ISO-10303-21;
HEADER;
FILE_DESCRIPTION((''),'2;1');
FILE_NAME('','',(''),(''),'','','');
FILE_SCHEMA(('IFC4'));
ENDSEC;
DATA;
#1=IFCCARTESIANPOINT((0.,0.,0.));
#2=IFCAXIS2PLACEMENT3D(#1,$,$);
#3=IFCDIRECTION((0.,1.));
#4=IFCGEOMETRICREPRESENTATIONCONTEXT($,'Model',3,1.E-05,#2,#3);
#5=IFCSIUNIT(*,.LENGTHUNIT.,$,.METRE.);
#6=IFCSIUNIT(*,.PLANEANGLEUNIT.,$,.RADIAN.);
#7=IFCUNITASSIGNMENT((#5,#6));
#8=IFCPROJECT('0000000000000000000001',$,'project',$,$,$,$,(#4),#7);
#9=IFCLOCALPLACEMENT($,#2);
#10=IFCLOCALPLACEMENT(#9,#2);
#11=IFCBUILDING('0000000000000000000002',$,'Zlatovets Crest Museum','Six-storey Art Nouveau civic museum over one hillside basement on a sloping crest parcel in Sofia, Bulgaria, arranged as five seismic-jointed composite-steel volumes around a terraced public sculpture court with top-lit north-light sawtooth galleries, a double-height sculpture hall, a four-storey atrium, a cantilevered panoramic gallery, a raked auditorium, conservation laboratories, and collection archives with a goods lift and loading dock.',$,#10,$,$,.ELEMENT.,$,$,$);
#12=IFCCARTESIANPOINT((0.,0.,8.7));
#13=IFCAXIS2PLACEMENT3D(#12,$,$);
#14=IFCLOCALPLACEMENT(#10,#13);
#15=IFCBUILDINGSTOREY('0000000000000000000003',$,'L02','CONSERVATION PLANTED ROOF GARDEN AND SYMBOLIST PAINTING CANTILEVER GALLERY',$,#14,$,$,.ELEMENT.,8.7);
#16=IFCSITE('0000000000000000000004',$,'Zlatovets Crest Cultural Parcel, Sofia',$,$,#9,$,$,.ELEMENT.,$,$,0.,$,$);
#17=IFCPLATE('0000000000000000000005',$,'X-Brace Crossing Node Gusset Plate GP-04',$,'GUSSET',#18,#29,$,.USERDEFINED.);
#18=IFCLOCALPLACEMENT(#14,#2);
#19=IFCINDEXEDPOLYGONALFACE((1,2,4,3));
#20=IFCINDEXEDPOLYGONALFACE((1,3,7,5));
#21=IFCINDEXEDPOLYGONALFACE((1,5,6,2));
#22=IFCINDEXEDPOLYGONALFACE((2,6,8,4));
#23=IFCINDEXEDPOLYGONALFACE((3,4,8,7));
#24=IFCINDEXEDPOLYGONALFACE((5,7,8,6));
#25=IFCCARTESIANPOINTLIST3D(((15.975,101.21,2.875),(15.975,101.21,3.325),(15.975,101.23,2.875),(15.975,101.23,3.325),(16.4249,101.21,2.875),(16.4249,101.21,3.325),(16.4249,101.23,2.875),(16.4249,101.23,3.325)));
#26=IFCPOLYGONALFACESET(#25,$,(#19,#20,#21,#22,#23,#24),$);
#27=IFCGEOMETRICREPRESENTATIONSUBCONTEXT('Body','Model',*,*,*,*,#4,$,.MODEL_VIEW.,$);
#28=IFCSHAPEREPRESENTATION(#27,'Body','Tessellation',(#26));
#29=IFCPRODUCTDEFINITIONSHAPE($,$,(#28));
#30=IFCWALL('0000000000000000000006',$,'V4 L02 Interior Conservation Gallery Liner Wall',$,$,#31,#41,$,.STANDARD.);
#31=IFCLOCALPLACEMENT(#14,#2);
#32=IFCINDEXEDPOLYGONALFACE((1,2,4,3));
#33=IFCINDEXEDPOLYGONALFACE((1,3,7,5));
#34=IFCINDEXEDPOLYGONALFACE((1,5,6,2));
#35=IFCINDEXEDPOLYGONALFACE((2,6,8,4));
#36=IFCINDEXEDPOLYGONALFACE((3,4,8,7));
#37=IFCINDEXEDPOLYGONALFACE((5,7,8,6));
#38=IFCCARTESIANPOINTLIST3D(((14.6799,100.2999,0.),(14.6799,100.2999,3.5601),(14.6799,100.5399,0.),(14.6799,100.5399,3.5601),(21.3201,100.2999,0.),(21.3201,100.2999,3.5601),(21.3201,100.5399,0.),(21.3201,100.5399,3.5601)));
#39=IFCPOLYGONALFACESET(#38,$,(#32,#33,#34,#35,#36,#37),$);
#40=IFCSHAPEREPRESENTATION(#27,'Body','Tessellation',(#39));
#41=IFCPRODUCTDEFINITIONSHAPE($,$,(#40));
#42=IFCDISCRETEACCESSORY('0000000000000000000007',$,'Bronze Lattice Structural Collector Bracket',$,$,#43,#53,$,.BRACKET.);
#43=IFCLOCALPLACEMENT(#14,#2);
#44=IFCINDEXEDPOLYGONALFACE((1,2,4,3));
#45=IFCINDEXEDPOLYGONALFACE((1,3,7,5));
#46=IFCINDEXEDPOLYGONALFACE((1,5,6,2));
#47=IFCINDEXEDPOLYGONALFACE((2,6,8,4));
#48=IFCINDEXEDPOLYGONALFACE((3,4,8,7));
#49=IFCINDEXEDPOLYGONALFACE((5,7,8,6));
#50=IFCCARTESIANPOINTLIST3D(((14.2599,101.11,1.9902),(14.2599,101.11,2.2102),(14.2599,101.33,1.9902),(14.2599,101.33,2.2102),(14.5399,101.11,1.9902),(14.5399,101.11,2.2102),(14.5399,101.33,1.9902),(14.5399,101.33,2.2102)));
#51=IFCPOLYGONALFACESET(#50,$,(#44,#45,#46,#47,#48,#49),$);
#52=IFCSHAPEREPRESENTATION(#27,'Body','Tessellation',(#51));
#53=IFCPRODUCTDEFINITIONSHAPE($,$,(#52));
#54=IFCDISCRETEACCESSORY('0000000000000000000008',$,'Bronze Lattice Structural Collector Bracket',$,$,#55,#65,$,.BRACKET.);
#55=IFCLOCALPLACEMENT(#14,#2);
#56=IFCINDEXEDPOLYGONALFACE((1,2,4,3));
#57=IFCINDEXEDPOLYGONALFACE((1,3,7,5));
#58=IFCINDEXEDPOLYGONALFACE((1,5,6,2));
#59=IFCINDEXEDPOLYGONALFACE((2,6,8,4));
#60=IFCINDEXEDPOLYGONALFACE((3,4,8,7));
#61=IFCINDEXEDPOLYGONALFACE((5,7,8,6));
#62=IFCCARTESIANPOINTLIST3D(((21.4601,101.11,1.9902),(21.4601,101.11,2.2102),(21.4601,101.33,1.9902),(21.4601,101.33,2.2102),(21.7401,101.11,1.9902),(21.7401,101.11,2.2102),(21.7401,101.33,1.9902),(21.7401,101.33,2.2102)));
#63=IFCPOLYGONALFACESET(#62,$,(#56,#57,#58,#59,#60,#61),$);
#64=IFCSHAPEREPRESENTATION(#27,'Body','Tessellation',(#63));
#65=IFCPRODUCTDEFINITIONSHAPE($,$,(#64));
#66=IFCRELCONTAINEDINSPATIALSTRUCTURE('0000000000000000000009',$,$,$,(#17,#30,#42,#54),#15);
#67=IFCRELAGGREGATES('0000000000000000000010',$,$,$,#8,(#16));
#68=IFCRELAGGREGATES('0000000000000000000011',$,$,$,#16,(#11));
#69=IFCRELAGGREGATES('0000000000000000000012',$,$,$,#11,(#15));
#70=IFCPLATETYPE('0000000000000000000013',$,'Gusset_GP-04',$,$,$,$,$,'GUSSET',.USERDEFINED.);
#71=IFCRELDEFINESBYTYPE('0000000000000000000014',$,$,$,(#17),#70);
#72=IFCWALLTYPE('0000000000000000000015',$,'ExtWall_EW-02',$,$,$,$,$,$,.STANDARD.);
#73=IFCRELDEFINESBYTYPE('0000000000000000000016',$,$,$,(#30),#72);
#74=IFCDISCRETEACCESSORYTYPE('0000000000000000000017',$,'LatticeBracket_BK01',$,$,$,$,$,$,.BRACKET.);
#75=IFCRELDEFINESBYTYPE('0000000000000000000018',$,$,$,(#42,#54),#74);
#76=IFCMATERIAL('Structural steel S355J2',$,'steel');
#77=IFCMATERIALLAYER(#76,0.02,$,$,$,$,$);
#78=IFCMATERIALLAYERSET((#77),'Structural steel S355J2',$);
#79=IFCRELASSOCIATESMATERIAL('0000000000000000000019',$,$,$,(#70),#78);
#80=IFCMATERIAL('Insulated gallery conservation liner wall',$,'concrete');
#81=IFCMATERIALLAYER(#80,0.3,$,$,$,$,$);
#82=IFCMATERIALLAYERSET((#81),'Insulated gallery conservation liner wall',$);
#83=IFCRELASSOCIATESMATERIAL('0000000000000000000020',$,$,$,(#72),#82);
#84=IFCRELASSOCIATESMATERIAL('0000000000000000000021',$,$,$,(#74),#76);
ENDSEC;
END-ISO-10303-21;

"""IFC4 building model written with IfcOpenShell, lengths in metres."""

from ifc_helpers import new_model, si_unit, direction, frame, frame_2d, origin, origin_2d, place, context, subcontext, project, spatial, rectangle, extrude, material, layer, layer_set, type_object, element, save


model = new_model("IFC4")

# Units and contexts
model_context = context("Model", 3, precision=1e-05, world=origin(), true_north=direction((0.0, 1.0)))
body_context = subcontext(model_context, "Body", "Model", "MODEL_VIEW")
ifc_project = project(units=[si_unit("LENGTHUNIT", "METRE"), si_unit("PLANEANGLEUNIT", "RADIAN")], contexts=[model_context])

# Site, building, storey
site_placement = place(None, origin())
site = spatial("IfcSite", under=ifc_project, at=site_placement, Name="Zlatovets Crest Cultural Parcel, Sofia", CompositionType="ELEMENT", RefElevation=0.0)
building_placement = place(site_placement, origin())
building = spatial("IfcBuilding", under=site, at=building_placement, Name="Zlatovets Crest Museum", Description="Six-storey Art Nouveau civic museum over one hillside basement on a sloping crest parcel in Sofia, Bulgaria, arranged as five seismic-jointed composite-steel volumes around a terraced public sculpture court with top-lit north-light sawtooth galleries, a double-height sculpture hall, a four-storey atrium, a cantilevered panoramic gallery, a raked auditorium, conservation laboratories, and collection archives with a goods lift and loading dock.", CompositionType="ELEMENT")
storey_placement = place(building_placement, frame((0.0, 0.0, 8.7)))
storey = spatial("IfcBuildingStorey", under=building, at=storey_placement, Name="L02", Description="CONSERVATION PLANTED ROOF GARDEN AND SYMBOLIST PAINTING CANTILEVER GALLERY", CompositionType="ELEMENT", Elevation=8.7)

# Shared definitions
ifc_material_1 = material(Name="Structural steel S355J2", Category="steel")

# Plate
ifc_layer_1 = layer(ifc_material_1, 0.02)
ifc_layer_set_1 = layer_set([ifc_layer_1], Name="Structural steel S355J2")
plate_type_1 = type_object("IfcPlateType", Name="Gusset_GP-04", ElementType="GUSSET", PredefinedType="USERDEFINED", material=ifc_layer_set_1)
for number, where, z_axis, x_axis, name in (
    (1, (16.2, 101.22, 2.875), (0.0, 0.0, 1.0), (1.0, 0.0, 0.0), "X-Brace Crossing Node Gusset Plate GP-04"),
):
    element("IfcPlate", number, at=place(storey_placement, frame(where, z_axis=z_axis, x_axis=x_axis)), inside=storey, type_object=plate_type_1, Name=name, ObjectType="GUSSET", PredefinedType="USERDEFINED", context=body_context, shape_type="SweptSolid", body=[
        extrude(rectangle(XDim=0.45, YDim=0.02, at=origin_2d()), origin(), (0.0, 0.0, 1.0), 0.45),
    ])

# Wall
ifc_material_2 = material(Name="Insulated gallery conservation liner wall", Category="concrete")
ifc_layer_2 = layer(ifc_material_2, 0.3)
ifc_layer_set_2 = layer_set([ifc_layer_2], Name="Insulated gallery conservation liner wall")
wall_type = type_object("IfcWallType", Name="ExtWall_EW-02", PredefinedType="STANDARD", material=ifc_layer_set_2)
wall_placement = place(storey_placement, frame((21.3201, 100.4199, 0.0), z_axis=(0.0, 0.0, 1.0), x_axis=(-1.0, 0.0, 0.0)))
element("IfcWall", 2, at=wall_placement, inside=storey, type_object=wall_type, Name="V4 L02 Interior Conservation Gallery Liner Wall", PredefinedType="STANDARD", context=body_context, shape_type="SweptSolid", body=[
    extrude(rectangle(XDim=6.6401, YDim=0.24, at=frame_2d((3.3201, 0.0))), origin(), (0.0, 0.0, 1.0), 3.5601),
])

# Discrete accessories
discrete_accessory_type = type_object("IfcDiscreteAccessoryType", Name="LatticeBracket_BK01", PredefinedType="BRACKET", material=ifc_material_1)
for number, where, z_axis, x_axis, name in (
    (3, (14.3999, 101.22, 1.9902), (0.0, 0.0, 1.0), (1.0, 0.0, 0.0), "Bronze Lattice Structural Collector Bracket"),
    (4, (21.6001, 101.22, 1.9902), (0.0, 0.0, 1.0), (1.0, 0.0, 0.0), "Bronze Lattice Structural Collector Bracket"),
):
    element("IfcDiscreteAccessory", number, at=place(storey_placement, frame(where, z_axis=z_axis, x_axis=x_axis)), inside=storey, type_object=discrete_accessory_type, Name=name, PredefinedType="BRACKET", context=body_context, shape_type="SweptSolid", body=[
        extrude(rectangle(XDim=0.28, YDim=0.22, at=origin_2d()), origin(), (0.0, 0.0, 1.0), 0.22),
    ])

save(model, "model.ifc")
